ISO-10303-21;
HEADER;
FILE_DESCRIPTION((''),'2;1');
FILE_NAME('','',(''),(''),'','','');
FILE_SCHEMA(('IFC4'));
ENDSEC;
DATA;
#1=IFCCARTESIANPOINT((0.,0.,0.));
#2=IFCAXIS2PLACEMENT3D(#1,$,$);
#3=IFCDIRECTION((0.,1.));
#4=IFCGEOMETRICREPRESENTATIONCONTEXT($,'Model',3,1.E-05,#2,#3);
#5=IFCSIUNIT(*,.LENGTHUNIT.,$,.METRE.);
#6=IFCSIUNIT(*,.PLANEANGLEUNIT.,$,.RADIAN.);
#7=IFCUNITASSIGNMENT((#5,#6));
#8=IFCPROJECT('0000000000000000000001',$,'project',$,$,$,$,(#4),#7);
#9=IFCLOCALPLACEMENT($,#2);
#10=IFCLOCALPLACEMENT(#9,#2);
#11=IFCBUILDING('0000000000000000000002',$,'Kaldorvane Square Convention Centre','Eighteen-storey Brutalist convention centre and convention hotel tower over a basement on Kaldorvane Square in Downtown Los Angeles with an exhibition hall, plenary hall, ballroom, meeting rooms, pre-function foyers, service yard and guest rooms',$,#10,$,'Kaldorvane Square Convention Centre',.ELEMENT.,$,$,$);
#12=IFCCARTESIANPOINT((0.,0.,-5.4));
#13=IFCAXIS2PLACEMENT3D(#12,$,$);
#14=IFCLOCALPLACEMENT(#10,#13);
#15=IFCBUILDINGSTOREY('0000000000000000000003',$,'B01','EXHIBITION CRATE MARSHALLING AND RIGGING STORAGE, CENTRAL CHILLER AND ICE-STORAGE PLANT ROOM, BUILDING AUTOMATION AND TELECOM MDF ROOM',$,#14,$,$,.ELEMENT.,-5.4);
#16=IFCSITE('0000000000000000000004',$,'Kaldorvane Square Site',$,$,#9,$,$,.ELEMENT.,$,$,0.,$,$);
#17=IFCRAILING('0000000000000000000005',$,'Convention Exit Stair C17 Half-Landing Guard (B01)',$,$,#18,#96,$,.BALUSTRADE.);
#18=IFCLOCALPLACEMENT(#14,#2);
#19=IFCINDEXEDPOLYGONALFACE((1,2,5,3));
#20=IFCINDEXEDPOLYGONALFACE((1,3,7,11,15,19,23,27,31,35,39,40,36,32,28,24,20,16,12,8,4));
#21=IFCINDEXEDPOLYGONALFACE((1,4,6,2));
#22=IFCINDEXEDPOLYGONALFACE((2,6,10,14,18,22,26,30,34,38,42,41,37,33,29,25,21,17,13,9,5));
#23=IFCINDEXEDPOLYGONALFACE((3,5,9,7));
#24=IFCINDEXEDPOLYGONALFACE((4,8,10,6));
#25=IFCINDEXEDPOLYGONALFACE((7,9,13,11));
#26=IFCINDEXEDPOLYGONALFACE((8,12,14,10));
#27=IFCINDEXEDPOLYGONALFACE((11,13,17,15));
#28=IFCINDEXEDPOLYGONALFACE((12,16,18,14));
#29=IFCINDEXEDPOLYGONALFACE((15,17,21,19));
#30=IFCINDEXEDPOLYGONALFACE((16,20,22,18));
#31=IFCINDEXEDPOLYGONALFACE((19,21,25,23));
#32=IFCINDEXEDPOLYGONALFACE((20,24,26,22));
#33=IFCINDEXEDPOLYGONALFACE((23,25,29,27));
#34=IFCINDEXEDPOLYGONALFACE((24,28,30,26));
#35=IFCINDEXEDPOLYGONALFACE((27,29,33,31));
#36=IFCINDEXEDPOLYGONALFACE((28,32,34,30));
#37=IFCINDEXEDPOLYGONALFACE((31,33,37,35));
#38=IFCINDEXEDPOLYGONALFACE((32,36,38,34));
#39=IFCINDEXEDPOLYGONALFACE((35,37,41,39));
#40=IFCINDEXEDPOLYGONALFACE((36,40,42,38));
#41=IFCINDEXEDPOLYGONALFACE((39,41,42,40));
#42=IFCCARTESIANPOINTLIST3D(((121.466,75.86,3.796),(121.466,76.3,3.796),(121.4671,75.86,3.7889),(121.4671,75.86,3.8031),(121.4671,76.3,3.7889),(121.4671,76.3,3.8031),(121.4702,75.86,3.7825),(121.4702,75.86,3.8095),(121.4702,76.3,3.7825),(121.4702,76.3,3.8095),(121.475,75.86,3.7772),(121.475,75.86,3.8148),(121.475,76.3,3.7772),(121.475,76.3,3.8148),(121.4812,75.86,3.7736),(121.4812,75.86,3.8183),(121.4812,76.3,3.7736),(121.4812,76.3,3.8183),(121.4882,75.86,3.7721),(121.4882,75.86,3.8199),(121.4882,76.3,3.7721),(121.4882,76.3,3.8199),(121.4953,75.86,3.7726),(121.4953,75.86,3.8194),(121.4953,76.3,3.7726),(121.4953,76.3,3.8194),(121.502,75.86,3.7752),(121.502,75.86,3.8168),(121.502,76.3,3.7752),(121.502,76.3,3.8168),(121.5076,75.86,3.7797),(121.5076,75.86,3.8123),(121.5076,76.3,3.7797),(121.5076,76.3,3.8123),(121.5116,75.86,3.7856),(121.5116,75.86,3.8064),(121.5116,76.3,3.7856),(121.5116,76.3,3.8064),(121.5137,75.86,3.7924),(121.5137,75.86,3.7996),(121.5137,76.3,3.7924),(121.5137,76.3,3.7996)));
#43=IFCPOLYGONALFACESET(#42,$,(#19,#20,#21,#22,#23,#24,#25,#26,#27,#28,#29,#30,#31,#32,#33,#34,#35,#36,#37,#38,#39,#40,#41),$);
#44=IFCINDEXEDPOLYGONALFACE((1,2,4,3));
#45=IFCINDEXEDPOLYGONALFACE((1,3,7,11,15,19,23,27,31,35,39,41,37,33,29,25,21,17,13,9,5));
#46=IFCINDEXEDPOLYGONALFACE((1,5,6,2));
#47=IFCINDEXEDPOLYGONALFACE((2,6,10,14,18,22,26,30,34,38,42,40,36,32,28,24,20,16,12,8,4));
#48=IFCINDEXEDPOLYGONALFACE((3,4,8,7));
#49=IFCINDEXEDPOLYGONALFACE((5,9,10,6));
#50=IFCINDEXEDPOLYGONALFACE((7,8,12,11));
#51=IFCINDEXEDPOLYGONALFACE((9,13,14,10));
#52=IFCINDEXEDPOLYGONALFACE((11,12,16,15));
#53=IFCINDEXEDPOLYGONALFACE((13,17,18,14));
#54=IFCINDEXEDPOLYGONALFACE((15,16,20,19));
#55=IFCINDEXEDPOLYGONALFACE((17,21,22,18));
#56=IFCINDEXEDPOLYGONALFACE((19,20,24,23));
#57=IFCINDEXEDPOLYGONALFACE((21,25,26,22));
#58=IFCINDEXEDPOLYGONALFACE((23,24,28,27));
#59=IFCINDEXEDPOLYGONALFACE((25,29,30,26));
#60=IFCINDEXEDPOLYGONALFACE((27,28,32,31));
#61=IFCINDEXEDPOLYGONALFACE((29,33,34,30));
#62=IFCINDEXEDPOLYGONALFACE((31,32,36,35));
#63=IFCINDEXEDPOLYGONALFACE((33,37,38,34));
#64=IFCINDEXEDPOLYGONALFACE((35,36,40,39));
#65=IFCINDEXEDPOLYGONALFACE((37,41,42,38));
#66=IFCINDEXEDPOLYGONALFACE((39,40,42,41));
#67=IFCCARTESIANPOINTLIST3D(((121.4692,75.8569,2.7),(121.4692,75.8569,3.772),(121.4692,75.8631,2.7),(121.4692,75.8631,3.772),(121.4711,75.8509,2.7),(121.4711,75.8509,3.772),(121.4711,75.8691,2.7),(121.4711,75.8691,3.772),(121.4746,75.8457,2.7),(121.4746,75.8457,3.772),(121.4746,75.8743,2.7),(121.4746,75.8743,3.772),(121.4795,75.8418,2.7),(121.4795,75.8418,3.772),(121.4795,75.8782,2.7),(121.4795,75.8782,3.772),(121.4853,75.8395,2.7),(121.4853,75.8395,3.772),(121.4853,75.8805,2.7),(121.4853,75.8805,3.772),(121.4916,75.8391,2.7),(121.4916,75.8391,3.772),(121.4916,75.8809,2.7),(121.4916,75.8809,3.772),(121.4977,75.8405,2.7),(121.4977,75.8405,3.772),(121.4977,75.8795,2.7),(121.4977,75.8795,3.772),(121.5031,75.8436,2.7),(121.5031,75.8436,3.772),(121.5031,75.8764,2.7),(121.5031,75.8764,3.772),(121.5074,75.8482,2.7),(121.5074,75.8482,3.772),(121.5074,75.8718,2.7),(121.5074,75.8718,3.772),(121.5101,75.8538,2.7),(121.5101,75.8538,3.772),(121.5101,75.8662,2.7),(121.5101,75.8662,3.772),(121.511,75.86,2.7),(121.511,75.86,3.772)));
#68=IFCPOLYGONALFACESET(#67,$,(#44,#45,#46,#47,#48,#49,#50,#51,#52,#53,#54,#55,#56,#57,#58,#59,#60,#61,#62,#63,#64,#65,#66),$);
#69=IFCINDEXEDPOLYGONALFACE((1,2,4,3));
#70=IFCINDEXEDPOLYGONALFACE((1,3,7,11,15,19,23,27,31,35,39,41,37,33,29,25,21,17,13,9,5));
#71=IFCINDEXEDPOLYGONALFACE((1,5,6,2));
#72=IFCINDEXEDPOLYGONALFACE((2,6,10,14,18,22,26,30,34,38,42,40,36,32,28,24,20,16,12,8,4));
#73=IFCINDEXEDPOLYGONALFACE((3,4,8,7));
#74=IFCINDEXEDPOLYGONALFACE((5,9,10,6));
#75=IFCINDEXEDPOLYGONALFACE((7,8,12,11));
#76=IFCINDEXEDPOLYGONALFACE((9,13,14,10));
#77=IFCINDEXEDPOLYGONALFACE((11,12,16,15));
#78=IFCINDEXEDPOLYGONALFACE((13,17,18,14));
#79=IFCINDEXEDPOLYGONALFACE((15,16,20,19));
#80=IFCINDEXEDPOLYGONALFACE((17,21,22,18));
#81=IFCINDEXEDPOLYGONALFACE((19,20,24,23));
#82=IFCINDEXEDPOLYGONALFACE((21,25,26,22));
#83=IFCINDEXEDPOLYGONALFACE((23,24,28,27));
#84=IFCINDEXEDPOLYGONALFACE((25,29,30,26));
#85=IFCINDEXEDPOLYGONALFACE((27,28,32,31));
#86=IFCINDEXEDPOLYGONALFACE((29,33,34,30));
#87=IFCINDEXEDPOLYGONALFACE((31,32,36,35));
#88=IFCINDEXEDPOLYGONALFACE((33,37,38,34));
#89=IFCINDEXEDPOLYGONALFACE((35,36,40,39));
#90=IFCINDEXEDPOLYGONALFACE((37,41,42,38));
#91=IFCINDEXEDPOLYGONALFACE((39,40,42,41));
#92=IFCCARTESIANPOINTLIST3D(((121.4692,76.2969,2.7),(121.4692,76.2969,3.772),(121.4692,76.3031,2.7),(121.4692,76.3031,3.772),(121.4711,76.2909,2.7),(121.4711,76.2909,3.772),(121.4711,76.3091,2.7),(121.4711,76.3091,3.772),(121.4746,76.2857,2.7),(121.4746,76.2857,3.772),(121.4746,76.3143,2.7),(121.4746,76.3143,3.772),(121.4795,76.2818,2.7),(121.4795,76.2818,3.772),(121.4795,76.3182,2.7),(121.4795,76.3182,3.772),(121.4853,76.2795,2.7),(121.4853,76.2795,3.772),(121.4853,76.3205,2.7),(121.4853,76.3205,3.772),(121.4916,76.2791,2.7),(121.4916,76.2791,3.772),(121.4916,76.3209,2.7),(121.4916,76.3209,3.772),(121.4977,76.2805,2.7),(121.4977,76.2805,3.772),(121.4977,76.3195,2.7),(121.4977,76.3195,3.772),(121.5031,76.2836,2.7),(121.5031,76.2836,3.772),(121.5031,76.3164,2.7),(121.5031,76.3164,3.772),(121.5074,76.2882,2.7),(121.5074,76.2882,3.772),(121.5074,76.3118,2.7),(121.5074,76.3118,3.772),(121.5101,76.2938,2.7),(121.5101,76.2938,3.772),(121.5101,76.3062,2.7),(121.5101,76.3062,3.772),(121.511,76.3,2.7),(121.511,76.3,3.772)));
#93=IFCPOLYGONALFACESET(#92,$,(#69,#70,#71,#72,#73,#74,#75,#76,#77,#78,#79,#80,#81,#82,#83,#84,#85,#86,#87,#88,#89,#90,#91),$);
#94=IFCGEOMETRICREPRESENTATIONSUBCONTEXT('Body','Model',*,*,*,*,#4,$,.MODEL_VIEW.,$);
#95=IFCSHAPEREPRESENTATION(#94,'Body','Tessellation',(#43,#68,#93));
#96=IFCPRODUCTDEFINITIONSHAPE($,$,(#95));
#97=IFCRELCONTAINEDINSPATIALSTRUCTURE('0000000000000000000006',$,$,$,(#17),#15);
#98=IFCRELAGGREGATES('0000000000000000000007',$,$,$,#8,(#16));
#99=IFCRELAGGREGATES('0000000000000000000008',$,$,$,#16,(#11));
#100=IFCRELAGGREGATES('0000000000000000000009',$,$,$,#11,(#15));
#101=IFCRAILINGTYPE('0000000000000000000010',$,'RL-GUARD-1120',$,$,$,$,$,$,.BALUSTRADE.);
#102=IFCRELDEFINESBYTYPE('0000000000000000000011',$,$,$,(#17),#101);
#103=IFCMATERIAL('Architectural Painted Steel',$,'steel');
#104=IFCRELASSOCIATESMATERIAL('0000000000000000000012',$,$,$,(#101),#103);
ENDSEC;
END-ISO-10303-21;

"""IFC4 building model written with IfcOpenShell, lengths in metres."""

from ifc_helpers import new_model, si_unit, direction, frame, origin, origin_2d, place, context, subcontext, project, spatial, circle, extrude, material, type_object, element, save


model = new_model("IFC4")

# Units and contexts
model_context = context("Model", 3, precision=1e-05, world=origin(), true_north=direction((0.0, 1.0)))
body_context = subcontext(model_context, "Body", "Model", "MODEL_VIEW")
ifc_project = project(units=[si_unit("LENGTHUNIT", "METRE"), si_unit("PLANEANGLEUNIT", "RADIAN")], contexts=[model_context])

# Site, building, storey
site_placement = place(None, origin())
site = spatial("IfcSite", under=ifc_project, at=site_placement, Name="Kaldorvane Square Site", CompositionType="ELEMENT", RefElevation=0.0)
building_placement = place(site_placement, origin())
building = spatial("IfcBuilding", under=site, at=building_placement, Name="Kaldorvane Square Convention Centre", Description="Eighteen-storey Brutalist convention centre and convention hotel tower over a basement on Kaldorvane Square in Downtown Los Angeles with an exhibition hall, plenary hall, ballroom, meeting rooms, pre-function foyers, service yard and guest rooms", LongName="Kaldorvane Square Convention Centre", CompositionType="ELEMENT")
storey_placement = place(building_placement, frame((0.0, 0.0, -5.4)))
storey = spatial("IfcBuildingStorey", under=building, at=storey_placement, Name="B01", Description="EXHIBITION CRATE MARSHALLING AND RIGGING STORAGE, CENTRAL CHILLER AND ICE-STORAGE PLANT ROOM, BUILDING AUTOMATION AND TELECOM MDF ROOM", CompositionType="ELEMENT", Elevation=-5.4)

# Railing
ifc_material_1 = material(Name="Architectural Painted Steel", Category="steel")
railing_type_1 = type_object("IfcRailingType", Name="RL-GUARD-1120", PredefinedType="BALUSTRADE", material=ifc_material_1)
railing_1_placement = place(storey_placement, frame((121.49, 75.86, 2.7)))
element("IfcRailing", 1, at=railing_1_placement, inside=storey, type_object=railing_type_1, Name="Convention Exit Stair C17 Half-Landing Guard (B01)", PredefinedType="BALUSTRADE", context=body_context, shape_type="SweptSolid", body=[
    extrude(circle(Radius=0.024, at=origin_2d()), frame((0.0, 0.0, 1.096), z_axis=(0.0, 1.0, 0.0), x_axis=(-1.0, 0.0, 0.0)), (0.0, 0.0, 1.0), 0.44),
    extrude(circle(Radius=0.021, at=origin_2d()), origin(), (0.0, 0.0, 1.0), 1.072),
    extrude(circle(Radius=0.021, at=origin_2d()), frame((0.0, 0.44, 0.0)), (0.0, 0.0, 1.0), 1.072),
])

save(model, "model.ifc")
